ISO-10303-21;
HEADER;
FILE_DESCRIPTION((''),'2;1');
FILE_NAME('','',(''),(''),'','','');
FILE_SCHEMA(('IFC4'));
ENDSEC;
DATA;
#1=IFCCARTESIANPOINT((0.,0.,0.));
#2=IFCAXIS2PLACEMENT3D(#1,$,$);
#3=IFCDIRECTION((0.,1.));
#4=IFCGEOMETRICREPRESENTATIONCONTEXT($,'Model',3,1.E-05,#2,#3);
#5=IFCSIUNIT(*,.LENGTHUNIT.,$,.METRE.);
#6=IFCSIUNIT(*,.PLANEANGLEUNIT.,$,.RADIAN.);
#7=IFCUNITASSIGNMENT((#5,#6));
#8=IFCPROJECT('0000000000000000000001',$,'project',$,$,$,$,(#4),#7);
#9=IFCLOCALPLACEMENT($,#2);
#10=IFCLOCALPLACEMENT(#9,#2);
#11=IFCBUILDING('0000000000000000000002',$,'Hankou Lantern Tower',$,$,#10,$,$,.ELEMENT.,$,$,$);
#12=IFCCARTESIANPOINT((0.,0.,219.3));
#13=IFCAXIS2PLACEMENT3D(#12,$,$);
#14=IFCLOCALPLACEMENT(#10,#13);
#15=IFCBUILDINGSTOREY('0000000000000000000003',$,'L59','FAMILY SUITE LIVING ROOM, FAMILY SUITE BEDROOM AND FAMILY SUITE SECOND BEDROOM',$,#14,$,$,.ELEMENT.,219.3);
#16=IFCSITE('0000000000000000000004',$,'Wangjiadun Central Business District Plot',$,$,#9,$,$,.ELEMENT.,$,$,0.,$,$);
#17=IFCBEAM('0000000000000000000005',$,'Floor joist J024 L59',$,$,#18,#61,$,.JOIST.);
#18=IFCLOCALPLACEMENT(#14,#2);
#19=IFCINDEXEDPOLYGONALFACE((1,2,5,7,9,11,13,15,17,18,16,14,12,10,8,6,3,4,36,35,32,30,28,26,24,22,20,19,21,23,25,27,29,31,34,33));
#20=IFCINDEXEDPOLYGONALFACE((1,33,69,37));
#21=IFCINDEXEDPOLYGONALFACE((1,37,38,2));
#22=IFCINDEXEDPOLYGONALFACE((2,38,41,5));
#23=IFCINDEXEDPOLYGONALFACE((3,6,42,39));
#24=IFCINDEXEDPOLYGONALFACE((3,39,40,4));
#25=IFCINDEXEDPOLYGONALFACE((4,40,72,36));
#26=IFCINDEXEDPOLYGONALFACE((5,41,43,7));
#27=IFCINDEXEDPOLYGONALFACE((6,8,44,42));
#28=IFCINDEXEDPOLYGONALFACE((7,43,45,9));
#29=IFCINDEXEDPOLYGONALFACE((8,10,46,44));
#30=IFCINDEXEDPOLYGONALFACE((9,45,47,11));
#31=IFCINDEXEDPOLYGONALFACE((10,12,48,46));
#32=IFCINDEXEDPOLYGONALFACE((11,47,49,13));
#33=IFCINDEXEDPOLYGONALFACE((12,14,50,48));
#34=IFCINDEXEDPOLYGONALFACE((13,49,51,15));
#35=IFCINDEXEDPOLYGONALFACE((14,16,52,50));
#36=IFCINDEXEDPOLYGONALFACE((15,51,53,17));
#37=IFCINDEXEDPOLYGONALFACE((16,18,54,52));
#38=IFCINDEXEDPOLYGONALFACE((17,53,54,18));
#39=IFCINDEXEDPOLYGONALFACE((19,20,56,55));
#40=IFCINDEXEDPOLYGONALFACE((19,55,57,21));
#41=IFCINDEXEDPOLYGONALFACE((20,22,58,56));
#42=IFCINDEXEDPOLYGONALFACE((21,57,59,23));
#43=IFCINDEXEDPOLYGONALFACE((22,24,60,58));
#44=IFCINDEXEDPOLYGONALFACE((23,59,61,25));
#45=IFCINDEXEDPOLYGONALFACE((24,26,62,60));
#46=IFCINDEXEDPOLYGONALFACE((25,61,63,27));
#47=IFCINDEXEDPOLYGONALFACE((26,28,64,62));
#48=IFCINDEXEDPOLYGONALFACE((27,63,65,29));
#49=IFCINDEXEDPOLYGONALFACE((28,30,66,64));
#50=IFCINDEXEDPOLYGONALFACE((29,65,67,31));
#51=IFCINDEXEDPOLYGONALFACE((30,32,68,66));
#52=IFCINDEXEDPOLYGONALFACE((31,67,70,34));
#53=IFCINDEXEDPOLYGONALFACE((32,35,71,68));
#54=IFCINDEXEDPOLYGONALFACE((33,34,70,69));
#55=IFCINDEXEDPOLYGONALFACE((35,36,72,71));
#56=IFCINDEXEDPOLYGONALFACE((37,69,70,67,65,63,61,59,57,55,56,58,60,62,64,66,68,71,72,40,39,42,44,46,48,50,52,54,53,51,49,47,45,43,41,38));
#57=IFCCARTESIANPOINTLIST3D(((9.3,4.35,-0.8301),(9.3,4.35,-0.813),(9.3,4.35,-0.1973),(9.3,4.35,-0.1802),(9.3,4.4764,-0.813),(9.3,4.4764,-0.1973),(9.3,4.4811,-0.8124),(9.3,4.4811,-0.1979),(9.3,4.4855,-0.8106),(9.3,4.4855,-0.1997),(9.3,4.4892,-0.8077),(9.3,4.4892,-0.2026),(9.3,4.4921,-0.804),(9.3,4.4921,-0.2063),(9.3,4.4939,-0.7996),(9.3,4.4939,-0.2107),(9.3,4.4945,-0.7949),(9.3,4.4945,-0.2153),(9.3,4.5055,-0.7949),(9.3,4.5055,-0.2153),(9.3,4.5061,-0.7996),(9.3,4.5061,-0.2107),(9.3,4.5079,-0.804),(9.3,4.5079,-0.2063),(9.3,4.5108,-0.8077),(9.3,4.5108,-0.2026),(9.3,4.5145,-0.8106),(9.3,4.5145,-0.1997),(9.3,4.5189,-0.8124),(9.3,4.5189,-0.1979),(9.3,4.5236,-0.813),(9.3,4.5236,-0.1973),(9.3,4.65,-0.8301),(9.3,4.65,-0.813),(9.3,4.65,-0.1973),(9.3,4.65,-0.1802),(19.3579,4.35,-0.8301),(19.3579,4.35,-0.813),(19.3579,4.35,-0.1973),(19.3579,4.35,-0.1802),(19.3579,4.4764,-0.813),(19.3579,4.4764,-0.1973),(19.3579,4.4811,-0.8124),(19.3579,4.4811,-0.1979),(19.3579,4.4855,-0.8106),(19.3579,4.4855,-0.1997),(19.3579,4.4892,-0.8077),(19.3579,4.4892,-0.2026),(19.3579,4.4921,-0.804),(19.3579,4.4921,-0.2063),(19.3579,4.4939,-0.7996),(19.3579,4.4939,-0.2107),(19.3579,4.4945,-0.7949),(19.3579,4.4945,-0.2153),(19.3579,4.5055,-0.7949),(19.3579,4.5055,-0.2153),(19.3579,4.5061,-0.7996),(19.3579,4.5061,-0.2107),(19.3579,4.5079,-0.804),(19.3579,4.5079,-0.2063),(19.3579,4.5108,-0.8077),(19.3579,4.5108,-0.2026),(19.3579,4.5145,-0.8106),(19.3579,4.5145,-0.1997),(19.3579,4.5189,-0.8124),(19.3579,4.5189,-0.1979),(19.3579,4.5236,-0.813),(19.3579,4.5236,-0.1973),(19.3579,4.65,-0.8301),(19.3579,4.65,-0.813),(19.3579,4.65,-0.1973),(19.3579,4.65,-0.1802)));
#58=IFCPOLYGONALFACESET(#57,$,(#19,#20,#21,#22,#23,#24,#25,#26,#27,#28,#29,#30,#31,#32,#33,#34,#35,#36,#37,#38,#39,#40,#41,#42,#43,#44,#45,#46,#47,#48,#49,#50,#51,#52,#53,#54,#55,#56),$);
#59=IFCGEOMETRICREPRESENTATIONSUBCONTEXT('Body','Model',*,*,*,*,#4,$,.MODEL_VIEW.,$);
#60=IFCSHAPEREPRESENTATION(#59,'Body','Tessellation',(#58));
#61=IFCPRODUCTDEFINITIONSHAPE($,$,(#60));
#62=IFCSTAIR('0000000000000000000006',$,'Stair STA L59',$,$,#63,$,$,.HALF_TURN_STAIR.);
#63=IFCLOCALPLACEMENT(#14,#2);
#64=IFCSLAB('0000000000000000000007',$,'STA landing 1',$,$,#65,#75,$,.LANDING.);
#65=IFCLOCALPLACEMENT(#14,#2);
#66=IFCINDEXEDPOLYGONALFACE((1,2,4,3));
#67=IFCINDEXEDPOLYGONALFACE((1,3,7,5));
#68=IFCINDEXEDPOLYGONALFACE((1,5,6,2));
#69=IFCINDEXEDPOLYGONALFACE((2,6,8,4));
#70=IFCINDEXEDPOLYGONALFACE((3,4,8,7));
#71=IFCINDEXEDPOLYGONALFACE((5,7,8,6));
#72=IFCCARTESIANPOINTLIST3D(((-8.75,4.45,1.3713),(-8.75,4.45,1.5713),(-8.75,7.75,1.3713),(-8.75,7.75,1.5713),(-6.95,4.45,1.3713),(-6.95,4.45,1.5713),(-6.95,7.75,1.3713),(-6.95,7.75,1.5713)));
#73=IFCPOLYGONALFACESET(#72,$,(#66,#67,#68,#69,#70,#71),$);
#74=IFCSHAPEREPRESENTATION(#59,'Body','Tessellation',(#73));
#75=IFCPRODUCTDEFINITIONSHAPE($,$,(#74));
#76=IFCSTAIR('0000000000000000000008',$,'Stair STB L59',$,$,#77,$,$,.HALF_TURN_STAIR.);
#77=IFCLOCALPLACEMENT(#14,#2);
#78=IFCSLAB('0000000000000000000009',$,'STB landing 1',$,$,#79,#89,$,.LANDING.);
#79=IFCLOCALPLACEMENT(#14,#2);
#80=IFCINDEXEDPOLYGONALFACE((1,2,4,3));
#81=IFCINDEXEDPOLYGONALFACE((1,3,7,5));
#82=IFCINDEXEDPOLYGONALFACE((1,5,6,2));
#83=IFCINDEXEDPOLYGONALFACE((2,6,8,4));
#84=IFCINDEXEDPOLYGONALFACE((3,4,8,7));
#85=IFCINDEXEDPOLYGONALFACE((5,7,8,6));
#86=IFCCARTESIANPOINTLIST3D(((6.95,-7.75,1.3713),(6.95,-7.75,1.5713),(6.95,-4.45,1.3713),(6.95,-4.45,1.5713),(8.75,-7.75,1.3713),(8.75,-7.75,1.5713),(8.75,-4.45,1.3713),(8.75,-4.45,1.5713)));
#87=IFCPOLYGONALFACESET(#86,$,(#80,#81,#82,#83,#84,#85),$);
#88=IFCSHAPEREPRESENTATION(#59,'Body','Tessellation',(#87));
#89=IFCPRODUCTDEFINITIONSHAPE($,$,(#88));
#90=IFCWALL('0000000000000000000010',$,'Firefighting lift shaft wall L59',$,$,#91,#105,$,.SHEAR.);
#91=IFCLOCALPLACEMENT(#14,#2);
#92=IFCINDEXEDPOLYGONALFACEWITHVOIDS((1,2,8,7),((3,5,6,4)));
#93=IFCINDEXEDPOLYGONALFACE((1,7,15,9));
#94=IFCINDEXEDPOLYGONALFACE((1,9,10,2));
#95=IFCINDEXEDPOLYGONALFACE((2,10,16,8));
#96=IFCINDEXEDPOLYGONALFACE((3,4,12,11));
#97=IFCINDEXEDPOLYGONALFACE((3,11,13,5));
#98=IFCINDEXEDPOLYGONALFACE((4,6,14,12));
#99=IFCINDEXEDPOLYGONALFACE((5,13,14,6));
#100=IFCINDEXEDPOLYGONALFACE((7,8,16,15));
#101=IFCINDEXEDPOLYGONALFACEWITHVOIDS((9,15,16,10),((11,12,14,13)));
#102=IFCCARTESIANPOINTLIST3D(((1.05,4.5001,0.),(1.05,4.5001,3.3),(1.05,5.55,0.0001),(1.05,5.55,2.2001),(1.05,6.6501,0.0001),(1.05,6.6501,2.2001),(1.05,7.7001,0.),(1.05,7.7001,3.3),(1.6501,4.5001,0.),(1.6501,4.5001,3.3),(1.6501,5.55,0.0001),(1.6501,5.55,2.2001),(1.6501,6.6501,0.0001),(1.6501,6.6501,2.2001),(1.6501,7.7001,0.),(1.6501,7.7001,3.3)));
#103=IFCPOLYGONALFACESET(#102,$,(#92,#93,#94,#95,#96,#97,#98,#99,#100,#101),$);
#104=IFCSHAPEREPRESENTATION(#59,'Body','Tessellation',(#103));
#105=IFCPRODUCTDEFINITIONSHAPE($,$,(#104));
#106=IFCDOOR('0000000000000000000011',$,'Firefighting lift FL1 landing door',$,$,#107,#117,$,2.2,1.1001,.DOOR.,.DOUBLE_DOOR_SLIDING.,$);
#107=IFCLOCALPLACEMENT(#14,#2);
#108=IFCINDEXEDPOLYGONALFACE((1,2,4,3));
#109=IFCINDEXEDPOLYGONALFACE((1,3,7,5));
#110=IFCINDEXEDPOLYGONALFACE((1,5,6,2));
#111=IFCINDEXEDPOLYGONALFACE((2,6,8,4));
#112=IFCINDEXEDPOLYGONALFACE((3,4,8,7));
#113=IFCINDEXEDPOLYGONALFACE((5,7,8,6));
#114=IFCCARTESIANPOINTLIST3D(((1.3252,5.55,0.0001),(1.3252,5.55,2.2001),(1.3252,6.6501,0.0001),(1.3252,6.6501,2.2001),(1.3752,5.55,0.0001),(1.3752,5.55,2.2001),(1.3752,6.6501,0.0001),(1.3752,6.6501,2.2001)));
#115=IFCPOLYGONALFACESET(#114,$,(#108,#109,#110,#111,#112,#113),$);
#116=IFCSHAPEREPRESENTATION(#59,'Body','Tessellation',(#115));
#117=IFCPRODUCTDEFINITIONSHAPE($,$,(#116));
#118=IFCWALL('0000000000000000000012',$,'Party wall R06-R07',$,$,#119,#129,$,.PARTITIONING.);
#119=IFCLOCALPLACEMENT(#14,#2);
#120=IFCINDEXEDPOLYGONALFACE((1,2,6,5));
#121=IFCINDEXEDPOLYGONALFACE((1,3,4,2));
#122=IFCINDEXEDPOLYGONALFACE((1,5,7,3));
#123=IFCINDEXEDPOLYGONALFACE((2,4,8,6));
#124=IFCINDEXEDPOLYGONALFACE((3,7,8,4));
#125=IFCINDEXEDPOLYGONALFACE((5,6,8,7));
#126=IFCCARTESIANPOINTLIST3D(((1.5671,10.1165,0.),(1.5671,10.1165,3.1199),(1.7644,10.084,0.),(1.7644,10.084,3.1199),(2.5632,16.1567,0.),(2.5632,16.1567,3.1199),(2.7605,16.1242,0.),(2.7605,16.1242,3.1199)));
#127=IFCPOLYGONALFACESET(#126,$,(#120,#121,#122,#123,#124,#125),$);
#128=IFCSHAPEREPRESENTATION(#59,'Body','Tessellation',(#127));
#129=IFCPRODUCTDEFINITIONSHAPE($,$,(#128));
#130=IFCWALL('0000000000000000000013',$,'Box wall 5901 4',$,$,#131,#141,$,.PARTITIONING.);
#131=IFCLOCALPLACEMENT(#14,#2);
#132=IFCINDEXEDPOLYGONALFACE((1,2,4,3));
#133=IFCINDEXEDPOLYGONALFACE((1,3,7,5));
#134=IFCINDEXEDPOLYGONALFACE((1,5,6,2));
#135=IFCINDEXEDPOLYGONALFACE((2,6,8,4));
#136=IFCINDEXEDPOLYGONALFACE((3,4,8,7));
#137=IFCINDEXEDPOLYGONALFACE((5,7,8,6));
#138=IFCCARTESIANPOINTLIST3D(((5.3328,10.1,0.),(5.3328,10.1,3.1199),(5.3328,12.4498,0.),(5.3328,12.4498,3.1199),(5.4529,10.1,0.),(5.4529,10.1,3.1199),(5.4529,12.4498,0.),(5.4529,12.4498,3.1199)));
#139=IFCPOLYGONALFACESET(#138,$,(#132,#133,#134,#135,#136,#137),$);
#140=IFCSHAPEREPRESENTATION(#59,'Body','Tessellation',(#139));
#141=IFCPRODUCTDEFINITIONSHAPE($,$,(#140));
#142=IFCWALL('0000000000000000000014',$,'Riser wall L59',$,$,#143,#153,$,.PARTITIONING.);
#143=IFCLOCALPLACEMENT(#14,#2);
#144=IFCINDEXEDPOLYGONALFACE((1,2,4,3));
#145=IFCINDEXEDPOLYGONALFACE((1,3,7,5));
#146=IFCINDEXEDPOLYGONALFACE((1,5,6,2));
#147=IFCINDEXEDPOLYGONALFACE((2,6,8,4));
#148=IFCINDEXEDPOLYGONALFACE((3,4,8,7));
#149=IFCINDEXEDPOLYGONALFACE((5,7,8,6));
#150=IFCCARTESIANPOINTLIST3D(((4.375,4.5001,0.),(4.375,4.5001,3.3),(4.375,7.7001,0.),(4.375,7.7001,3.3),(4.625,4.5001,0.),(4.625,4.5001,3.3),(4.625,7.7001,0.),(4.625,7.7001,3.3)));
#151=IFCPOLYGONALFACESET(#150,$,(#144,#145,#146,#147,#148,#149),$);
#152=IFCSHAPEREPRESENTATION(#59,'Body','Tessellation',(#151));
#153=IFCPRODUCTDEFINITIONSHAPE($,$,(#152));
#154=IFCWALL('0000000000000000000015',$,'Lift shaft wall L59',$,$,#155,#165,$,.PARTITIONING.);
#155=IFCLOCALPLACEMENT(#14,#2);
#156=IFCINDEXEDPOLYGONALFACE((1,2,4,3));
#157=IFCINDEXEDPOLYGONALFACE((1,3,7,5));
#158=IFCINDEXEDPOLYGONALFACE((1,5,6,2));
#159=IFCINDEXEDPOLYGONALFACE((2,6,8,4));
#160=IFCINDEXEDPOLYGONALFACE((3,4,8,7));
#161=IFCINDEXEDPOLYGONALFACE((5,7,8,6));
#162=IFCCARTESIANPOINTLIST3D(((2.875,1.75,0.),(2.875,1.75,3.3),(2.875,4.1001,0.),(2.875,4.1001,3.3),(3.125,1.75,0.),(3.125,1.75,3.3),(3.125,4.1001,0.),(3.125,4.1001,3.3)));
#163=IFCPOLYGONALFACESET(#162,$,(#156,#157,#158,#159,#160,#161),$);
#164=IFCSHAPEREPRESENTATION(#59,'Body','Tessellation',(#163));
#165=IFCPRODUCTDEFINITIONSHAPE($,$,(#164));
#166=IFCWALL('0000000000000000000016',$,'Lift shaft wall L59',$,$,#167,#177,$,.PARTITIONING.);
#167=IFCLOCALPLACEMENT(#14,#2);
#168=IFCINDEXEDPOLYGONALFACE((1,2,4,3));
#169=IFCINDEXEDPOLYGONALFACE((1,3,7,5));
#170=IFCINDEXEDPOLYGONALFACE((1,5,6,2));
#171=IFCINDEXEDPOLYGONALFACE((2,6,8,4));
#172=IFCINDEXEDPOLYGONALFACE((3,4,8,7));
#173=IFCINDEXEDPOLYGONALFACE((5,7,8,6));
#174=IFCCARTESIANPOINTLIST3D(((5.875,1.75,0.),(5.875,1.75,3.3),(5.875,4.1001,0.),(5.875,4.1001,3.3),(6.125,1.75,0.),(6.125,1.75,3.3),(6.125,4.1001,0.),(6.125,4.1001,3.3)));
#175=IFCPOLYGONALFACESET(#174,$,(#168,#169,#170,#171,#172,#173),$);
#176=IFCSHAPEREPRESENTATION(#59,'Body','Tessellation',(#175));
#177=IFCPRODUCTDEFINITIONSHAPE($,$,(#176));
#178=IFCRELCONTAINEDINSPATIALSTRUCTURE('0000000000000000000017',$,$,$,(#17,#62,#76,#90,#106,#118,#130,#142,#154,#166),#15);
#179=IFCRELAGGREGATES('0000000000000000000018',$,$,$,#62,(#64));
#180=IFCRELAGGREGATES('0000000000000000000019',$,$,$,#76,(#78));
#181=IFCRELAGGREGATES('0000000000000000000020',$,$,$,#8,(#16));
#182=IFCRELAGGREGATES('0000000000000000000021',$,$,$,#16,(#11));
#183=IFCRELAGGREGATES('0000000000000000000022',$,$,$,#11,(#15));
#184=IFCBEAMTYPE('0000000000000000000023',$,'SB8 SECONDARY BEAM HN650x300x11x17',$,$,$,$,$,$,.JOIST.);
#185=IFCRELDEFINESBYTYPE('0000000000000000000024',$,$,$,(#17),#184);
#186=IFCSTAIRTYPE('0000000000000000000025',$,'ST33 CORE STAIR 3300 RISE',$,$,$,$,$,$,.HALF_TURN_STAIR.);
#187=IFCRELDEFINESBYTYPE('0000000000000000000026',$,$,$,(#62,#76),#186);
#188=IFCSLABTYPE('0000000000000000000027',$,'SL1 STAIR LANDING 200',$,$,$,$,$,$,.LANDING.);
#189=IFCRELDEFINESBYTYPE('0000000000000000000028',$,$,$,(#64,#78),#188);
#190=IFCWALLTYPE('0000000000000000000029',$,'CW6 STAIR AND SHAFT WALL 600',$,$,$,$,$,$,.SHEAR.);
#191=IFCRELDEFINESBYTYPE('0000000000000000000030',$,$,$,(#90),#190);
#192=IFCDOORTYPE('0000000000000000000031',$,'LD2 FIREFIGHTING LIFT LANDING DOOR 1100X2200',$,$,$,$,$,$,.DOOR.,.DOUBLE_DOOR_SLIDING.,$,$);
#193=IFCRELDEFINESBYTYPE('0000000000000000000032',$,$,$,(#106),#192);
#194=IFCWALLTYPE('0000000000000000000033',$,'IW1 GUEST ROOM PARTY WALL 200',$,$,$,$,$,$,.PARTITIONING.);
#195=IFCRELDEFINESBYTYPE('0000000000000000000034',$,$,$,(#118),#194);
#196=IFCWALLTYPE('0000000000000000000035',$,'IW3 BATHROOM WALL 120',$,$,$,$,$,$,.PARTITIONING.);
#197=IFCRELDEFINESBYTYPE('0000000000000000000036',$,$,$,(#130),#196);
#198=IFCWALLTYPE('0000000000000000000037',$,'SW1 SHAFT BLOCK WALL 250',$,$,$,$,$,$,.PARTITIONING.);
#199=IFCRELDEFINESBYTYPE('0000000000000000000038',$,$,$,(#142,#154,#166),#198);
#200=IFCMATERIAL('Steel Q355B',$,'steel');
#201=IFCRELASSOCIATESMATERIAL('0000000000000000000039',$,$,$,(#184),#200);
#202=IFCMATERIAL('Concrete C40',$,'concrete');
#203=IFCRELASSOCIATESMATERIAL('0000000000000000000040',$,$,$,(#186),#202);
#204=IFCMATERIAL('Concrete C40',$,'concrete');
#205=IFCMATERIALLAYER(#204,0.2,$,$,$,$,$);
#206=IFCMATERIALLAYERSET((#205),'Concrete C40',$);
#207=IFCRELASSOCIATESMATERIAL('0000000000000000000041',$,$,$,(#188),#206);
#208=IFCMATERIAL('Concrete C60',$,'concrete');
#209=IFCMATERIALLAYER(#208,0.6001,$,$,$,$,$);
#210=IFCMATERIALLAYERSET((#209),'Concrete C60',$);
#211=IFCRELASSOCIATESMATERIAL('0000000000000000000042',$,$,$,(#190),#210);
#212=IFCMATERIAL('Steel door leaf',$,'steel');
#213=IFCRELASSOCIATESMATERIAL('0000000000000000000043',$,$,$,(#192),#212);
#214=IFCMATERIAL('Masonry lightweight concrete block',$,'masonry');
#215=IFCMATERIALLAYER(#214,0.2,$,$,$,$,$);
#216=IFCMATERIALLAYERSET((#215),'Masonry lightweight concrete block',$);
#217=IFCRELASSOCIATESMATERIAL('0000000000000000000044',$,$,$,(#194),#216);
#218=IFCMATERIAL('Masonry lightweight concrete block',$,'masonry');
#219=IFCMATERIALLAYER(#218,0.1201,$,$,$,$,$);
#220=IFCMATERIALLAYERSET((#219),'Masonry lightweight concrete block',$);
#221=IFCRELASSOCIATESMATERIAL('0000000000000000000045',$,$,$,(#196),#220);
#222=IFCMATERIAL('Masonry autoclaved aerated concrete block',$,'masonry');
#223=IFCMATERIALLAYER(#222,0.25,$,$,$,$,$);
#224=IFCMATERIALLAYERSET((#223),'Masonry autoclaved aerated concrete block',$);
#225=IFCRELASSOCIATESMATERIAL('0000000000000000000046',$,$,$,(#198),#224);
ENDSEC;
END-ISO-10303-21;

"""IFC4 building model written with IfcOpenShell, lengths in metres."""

from ifc_helpers import new_model, si_unit, direction, frame, frame_2d, origin, origin_2d, place, context, subcontext, project, spatial, polyline, rectangle, i_section, outline, extrude, material, layer, layer_set, material_profile, profile_set, type_object, element, fill, aggregate, save


model = new_model("IFC4")

# Units and contexts
model_context = context("Model", 3, precision=1e-05, world=origin(), true_north=direction((0.0, 1.0)))
body_context = subcontext(model_context, "Body", "Model", "MODEL_VIEW")
ifc_project = project(units=[si_unit("LENGTHUNIT", "METRE"), si_unit("PLANEANGLEUNIT", "RADIAN")], contexts=[model_context])

# Site, building, storey
site_placement = place(None, origin())
site = spatial("IfcSite", under=ifc_project, at=site_placement, Name="Wangjiadun Central Business District Plot", CompositionType="ELEMENT", RefElevation=0.0)
building_placement = place(site_placement, origin())
building = spatial("IfcBuilding", under=site, at=building_placement, Name="Hankou Lantern Tower", CompositionType="ELEMENT")
storey_placement = place(building_placement, frame((0.0, 0.0, 219.3)))
storey = spatial("IfcBuildingStorey", under=building, at=storey_placement, Name="L59", Description="FAMILY SUITE LIVING ROOM, FAMILY SUITE BEDROOM AND FAMILY SUITE SECOND BEDROOM", CompositionType="ELEMENT", Elevation=219.3)

# Beam
ifc_material_1 = material(Name="Steel Q355B", Category="steel")
ifc_material_profile_1 = material_profile(ifc_material_1, i_section(OverallWidth=0.3, OverallDepth=0.6499, WebThickness=0.011, FlangeThickness=0.0171, FilletRadius=0.0181, at=origin_2d()), Name="HN650x300x11x17")
ifc_profile_set_1 = profile_set([ifc_material_profile_1], Name="Steel Q355B")
beam_type_1 = type_object("IfcBeamType", Name="SB8 SECONDARY BEAM HN650x300x11x17", PredefinedType="JOIST", material=ifc_profile_set_1)
beam_1_placement = place(storey_placement, frame((9.3, 4.5, -0.5051), z_axis=(1.0, 0.0, 0.0), x_axis=(0.0, 1.0, 0.0)))
element("IfcBeam", 1, at=beam_1_placement, inside=storey, type_object=beam_type_1, Name="Floor joist J024 L59", PredefinedType="JOIST", context=body_context, shape_type="SweptSolid", body=[
    extrude(i_section(OverallWidth=0.3, OverallDepth=0.6499, WebThickness=0.011, FlangeThickness=0.0171, FilletRadius=0.0181, at=origin_2d()), origin(), (0.0, 0.0, 1.0), 10.0579),
])

# Stairs, slabs
ifc_material_2 = material(Name="Concrete C40", Category="concrete")
stair_type = type_object("IfcStairType", Name="ST33 CORE STAIR 3300 RISE", PredefinedType="HALF_TURN_STAIR", material=ifc_material_2)
stair_1_placement = place(storey_placement, origin())
stair_1 = element("IfcStair", 2, at=stair_1_placement, inside=storey, type_object=stair_type, Name="Stair STA L59", PredefinedType="HALF_TURN_STAIR")
ifc_material_3 = material(Name="Concrete C40", Category="concrete")
ifc_layer_1 = layer(ifc_material_3, 0.2)
ifc_layer_set_1 = layer_set([ifc_layer_1], Name="Concrete C40")
slab_type = type_object("IfcSlabType", Name="SL1 STAIR LANDING 200", PredefinedType="LANDING", material=ifc_layer_set_1)
slab_1_placement = place(storey_placement, frame((0.0, 0.0, 1.3713)))
slab_1 = element("IfcSlab", 3, at=slab_1_placement, type_object=slab_type, Name="STA landing 1", PredefinedType="LANDING", context=body_context, shape_type="SweptSolid", body=[
    extrude(outline(polyline([(-8.75, 4.45), (-6.95, 4.45), (-6.95, 7.75), (-8.75, 7.75), (-8.75, 4.45)])), origin(), (0.0, 0.0, 1.0), 0.2),
])
aggregate(stair_1, [slab_1])
stair_2_placement = place(storey_placement, origin())
stair_2 = element("IfcStair", 4, at=stair_2_placement, inside=storey, type_object=stair_type, Name="Stair STB L59", PredefinedType="HALF_TURN_STAIR")
slab_2_placement = place(storey_placement, frame((0.0, 0.0, 1.3713)))
slab_2 = element("IfcSlab", 5, at=slab_2_placement, type_object=slab_type, Name="STB landing 1", PredefinedType="LANDING", context=body_context, shape_type="SweptSolid", body=[
    extrude(outline(polyline([(8.75, -4.45), (6.95, -4.45), (6.95, -7.75), (8.75, -7.75), (8.75, -4.45)])), origin(), (0.0, 0.0, 1.0), 0.2),
])
aggregate(stair_2, [slab_2])

# Wall, opening, door
ifc_material_4 = material(Name="Concrete C60", Category="concrete")
ifc_layer_2 = layer(ifc_material_4, 0.6001)
ifc_layer_set_2 = layer_set([ifc_layer_2], Name="Concrete C60")
wall_type_1 = type_object("IfcWallType", Name="CW6 STAIR AND SHAFT WALL 600", PredefinedType="SHEAR", material=ifc_layer_set_2)
wall_1_placement = place(storey_placement, frame((1.3501, 4.5, 0.0), z_axis=(0.0, 0.0, 1.0), x_axis=(0.0, 1.0, 0.0)))
wall_1 = element("IfcWall", 6, at=wall_1_placement, inside=storey, type_object=wall_type_1, Name="Firefighting lift shaft wall L59", PredefinedType="SHEAR", context=body_context, shape_type="SweptSolid", body=[
    extrude(rectangle(XDim=3.2, YDim=0.6001, at=frame_2d((1.6001, 0.0))), origin(), (0.0, 0.0, 1.0), 3.3),
])
opening_placement = place(wall_1_placement, frame((1.05, 0.0, 0.0)))
opening = element("IfcOpeningElement", 7, at=opening_placement, cuts=wall_1, PredefinedType="OPENING", context=body_context, shape_type="SweptSolid", body=[
    extrude(rectangle(XDim=1.1001, YDim=2.2, at=frame_2d((0.55, 1.1001))), frame((0.0, 0.3101, 0.0), z_axis=(0.0, -1.0, 0.0), x_axis=(1.0, 0.0, 0.0)), (0.0, 0.0, 1.0), 0.6201),
])
ifc_material_5 = material(Name="Steel door leaf", Category="steel")
door_type = type_object("IfcDoorType", Name="LD2 FIREFIGHTING LIFT LANDING DOOR 1100X2200", OperationType="DOUBLE_DOOR_SLIDING", PredefinedType="DOOR", material=ifc_material_5)
door_placement = place(opening_placement, origin())
door = element("IfcDoor", 8, at=door_placement, inside=storey, type_object=door_type, Name="Firefighting lift FL1 landing door", OperationType="DOUBLE_DOOR_SLIDING", OverallHeight=2.2, OverallWidth=1.1001, PredefinedType="DOOR", context=body_context, shape_type="SweptSolid", body=[
    extrude(rectangle(XDim=1.1001, YDim=2.2, at=frame_2d((0.55, 1.1001))), frame((0.0, 0.0249, 0.0), z_axis=(0.0, -1.0, 0.0), x_axis=(1.0, 0.0, 0.0)), (0.0, 0.0, 1.0), 0.05),
])
fill(opening, door)

# Walls
ifc_material_6 = material(Name="Masonry lightweight concrete block", Category="masonry")
ifc_layer_3 = layer(ifc_material_6, 0.2)
ifc_layer_set_3 = layer_set([ifc_layer_3], Name="Masonry lightweight concrete block")
wall_type_2 = type_object("IfcWallType", Name="IW1 GUEST ROOM PARTY WALL 200", PredefinedType="PARTITIONING", material=ifc_layer_set_3)
wall_2_placement = place(storey_placement, frame((1.6658, 10.1001, 0.0), z_axis=(0.0, 0.0, 1.0), x_axis=(0.162711, 0.986674, 0.0)))
element("IfcWall", 9, at=wall_2_placement, inside=storey, type_object=wall_type_2, Name="Party wall R06-R07", PredefinedType="PARTITIONING", context=body_context, shape_type="SweptSolid", body=[
    extrude(rectangle(XDim=6.1218, YDim=0.2, at=frame_2d((3.061, 0.0))), origin(), (0.0, 0.0, 1.0), 3.1199),
])
ifc_material_7 = material(Name="Masonry lightweight concrete block", Category="masonry")
ifc_layer_4 = layer(ifc_material_7, 0.1201)
ifc_layer_set_4 = layer_set([ifc_layer_4], Name="Masonry lightweight concrete block")
wall_type_3 = type_object("IfcWallType", Name="IW3 BATHROOM WALL 120", PredefinedType="PARTITIONING", material=ifc_layer_set_4)
wall_3_placement = place(storey_placement, frame((5.3928, 10.1001, 0.0), z_axis=(0.0, 0.0, 1.0), x_axis=(0.0, 1.0, 0.0)))
element("IfcWall", 10, at=wall_3_placement, inside=storey, type_object=wall_type_3, Name="Box wall 5901 4", PredefinedType="PARTITIONING", context=body_context, shape_type="SweptSolid", body=[
    extrude(rectangle(XDim=2.3499, YDim=0.1201, at=frame_2d((1.1748, 0.0))), origin(), (0.0, 0.0, 1.0), 3.1199),
])
ifc_material_8 = material(Name="Masonry autoclaved aerated concrete block", Category="masonry")
ifc_layer_5 = layer(ifc_material_8, 0.25)
ifc_layer_set_5 = layer_set([ifc_layer_5], Name="Masonry autoclaved aerated concrete block")
wall_type_4 = type_object("IfcWallType", Name="SW1 SHAFT BLOCK WALL 250", PredefinedType="PARTITIONING", material=ifc_layer_set_5)
wall_4_placement = place(storey_placement, frame((4.5, 4.5, 0.0), z_axis=(0.0, 0.0, 1.0), x_axis=(0.0, 1.0, 0.0)))
element("IfcWall", 11, at=wall_4_placement, inside=storey, type_object=wall_type_4, Name="Riser wall L59", PredefinedType="PARTITIONING", context=body_context, shape_type="SweptSolid", body=[
    extrude(rectangle(XDim=3.2, YDim=0.25, at=frame_2d((1.6001, 0.0))), origin(), (0.0, 0.0, 1.0), 3.3),
])
for number, where, z_axis, x_axis, name in (
    (12, (3.0, 1.75, 0.0), (0.0, 0.0, 1.0), (0.0, 1.0, 0.0), "Lift shaft wall L59"),
    (13, (6.0, 1.75, 0.0), (0.0, 0.0, 1.0), (0.0, 1.0, 0.0), "Lift shaft wall L59"),
):
    element("IfcWall", number, at=place(storey_placement, frame(where, z_axis=z_axis, x_axis=x_axis)), inside=storey, type_object=wall_type_4, Name=name, PredefinedType="PARTITIONING", context=body_context, shape_type="SweptSolid", body=[
        extrude(rectangle(XDim=2.3501, YDim=0.25, at=frame_2d((1.175, 0.0))), origin(), (0.0, 0.0, 1.0), 3.3),
    ])

save(model, "model.ifc")
